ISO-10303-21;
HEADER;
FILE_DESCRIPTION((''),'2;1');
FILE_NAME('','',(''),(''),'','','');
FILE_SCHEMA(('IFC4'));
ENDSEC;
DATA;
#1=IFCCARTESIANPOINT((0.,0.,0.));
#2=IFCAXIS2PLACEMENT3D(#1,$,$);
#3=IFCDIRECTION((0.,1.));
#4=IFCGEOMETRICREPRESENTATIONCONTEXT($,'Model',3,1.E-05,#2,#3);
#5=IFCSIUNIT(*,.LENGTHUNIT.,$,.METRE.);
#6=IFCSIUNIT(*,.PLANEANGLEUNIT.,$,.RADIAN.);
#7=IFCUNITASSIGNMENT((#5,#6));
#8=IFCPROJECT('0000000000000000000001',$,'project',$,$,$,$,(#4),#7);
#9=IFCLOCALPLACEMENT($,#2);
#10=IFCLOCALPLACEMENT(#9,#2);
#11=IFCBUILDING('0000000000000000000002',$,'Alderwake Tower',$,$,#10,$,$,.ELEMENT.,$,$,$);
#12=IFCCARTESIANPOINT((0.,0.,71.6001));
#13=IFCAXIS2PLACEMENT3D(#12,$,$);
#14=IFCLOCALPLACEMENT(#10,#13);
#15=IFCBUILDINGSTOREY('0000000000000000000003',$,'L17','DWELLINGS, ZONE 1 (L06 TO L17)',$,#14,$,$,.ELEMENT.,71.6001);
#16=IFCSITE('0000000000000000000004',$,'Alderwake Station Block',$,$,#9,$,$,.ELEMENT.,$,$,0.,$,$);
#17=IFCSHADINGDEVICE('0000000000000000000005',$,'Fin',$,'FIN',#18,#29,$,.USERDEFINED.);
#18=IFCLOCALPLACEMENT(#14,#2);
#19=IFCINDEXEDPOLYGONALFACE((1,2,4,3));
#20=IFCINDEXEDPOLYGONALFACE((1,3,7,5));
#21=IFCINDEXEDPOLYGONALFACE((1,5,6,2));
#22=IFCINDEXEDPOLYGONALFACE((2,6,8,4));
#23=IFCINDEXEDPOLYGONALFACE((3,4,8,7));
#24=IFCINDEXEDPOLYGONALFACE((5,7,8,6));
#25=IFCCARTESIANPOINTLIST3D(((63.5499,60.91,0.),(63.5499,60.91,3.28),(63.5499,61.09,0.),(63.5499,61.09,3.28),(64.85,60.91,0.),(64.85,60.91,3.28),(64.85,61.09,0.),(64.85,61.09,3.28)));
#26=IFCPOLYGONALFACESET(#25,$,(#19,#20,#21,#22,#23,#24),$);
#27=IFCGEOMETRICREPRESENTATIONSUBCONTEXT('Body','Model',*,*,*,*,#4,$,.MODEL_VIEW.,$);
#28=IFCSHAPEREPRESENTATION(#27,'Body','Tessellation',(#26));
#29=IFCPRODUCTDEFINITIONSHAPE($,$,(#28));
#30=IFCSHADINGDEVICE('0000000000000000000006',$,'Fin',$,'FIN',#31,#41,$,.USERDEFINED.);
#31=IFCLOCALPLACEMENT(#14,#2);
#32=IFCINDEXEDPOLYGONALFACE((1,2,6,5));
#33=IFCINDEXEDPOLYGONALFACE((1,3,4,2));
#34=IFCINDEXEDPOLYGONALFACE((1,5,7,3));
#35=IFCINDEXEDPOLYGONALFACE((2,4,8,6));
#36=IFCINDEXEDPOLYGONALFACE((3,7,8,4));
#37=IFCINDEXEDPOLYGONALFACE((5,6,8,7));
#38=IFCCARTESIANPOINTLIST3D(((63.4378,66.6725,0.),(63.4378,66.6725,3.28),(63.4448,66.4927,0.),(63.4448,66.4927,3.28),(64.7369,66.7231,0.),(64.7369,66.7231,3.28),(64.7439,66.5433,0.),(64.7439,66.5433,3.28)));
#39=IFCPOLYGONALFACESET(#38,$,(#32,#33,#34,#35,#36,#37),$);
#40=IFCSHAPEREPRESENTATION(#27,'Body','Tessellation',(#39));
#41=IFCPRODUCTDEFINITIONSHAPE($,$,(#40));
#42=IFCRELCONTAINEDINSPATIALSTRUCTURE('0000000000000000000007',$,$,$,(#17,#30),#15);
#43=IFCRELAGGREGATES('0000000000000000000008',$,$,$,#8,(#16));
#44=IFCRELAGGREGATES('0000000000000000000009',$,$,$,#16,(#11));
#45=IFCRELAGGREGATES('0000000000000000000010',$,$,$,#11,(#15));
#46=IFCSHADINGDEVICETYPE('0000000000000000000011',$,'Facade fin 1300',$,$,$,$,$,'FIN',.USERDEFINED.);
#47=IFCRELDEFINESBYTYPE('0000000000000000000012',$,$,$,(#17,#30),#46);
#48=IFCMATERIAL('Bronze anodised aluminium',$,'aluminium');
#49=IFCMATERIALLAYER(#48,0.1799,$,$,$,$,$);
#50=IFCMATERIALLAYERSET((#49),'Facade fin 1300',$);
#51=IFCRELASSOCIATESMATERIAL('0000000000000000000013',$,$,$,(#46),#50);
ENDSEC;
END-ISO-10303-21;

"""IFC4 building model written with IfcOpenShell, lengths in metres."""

from ifc_helpers import new_model, si_unit, direction, frame, origin, origin_2d, place, context, subcontext, project, spatial, rectangle, extrude, material, layer, layer_set, type_object, element, save


model = new_model("IFC4")

# Units and contexts
model_context = context("Model", 3, precision=1e-05, world=origin(), true_north=direction((0.0, 1.0)))
body_context = subcontext(model_context, "Body", "Model", "MODEL_VIEW")
ifc_project = project(units=[si_unit("LENGTHUNIT", "METRE"), si_unit("PLANEANGLEUNIT", "RADIAN")], contexts=[model_context])

# Site, building, storey
site_placement = place(None, origin())
site = spatial("IfcSite", under=ifc_project, at=site_placement, Name="Alderwake Station Block", CompositionType="ELEMENT", RefElevation=0.0)
building_placement = place(site_placement, origin())
building = spatial("IfcBuilding", under=site, at=building_placement, Name="Alderwake Tower", CompositionType="ELEMENT")
storey_placement = place(building_placement, frame((0.0, 0.0, 71.6001)))
storey = spatial("IfcBuildingStorey", under=building, at=storey_placement, Name="L17", Description="DWELLINGS, ZONE 1 (L06 TO L17)", CompositionType="ELEMENT", Elevation=71.6001)

# Shading devices
ifc_material_1 = material(Name="Bronze anodised aluminium", Category="aluminium")
ifc_layer_1 = layer(ifc_material_1, 0.1799)
ifc_layer_set_1 = layer_set([ifc_layer_1], Name="Facade fin 1300")
shading_device_type = type_object("IfcShadingDeviceType", Name="Facade fin 1300", ElementType="FIN", PredefinedType="USERDEFINED", material=ifc_layer_set_1)
for number, where, z_axis, x_axis, name in (
    (1, (64.2, 61.0, 0.0), (0.0, 0.0, 1.0), (1.0, 0.0, 0.0), "Fin"),
    (2, (64.0908, 66.6079, 0.0), (0.0, 0.0, 1.0), (0.999243, 0.03889, 0.0), "Fin"),
):
    element("IfcShadingDevice", number, at=place(storey_placement, frame(where, z_axis=z_axis, x_axis=x_axis)), inside=storey, type_object=shading_device_type, Name=name, ObjectType="FIN", PredefinedType="USERDEFINED", context=body_context, shape_type="SweptSolid", body=[
        extrude(rectangle(XDim=1.3, YDim=0.1799, at=origin_2d()), origin(), (0.0, 0.0, 1.0), 3.28),
    ])

save(model, "model.ifc")
